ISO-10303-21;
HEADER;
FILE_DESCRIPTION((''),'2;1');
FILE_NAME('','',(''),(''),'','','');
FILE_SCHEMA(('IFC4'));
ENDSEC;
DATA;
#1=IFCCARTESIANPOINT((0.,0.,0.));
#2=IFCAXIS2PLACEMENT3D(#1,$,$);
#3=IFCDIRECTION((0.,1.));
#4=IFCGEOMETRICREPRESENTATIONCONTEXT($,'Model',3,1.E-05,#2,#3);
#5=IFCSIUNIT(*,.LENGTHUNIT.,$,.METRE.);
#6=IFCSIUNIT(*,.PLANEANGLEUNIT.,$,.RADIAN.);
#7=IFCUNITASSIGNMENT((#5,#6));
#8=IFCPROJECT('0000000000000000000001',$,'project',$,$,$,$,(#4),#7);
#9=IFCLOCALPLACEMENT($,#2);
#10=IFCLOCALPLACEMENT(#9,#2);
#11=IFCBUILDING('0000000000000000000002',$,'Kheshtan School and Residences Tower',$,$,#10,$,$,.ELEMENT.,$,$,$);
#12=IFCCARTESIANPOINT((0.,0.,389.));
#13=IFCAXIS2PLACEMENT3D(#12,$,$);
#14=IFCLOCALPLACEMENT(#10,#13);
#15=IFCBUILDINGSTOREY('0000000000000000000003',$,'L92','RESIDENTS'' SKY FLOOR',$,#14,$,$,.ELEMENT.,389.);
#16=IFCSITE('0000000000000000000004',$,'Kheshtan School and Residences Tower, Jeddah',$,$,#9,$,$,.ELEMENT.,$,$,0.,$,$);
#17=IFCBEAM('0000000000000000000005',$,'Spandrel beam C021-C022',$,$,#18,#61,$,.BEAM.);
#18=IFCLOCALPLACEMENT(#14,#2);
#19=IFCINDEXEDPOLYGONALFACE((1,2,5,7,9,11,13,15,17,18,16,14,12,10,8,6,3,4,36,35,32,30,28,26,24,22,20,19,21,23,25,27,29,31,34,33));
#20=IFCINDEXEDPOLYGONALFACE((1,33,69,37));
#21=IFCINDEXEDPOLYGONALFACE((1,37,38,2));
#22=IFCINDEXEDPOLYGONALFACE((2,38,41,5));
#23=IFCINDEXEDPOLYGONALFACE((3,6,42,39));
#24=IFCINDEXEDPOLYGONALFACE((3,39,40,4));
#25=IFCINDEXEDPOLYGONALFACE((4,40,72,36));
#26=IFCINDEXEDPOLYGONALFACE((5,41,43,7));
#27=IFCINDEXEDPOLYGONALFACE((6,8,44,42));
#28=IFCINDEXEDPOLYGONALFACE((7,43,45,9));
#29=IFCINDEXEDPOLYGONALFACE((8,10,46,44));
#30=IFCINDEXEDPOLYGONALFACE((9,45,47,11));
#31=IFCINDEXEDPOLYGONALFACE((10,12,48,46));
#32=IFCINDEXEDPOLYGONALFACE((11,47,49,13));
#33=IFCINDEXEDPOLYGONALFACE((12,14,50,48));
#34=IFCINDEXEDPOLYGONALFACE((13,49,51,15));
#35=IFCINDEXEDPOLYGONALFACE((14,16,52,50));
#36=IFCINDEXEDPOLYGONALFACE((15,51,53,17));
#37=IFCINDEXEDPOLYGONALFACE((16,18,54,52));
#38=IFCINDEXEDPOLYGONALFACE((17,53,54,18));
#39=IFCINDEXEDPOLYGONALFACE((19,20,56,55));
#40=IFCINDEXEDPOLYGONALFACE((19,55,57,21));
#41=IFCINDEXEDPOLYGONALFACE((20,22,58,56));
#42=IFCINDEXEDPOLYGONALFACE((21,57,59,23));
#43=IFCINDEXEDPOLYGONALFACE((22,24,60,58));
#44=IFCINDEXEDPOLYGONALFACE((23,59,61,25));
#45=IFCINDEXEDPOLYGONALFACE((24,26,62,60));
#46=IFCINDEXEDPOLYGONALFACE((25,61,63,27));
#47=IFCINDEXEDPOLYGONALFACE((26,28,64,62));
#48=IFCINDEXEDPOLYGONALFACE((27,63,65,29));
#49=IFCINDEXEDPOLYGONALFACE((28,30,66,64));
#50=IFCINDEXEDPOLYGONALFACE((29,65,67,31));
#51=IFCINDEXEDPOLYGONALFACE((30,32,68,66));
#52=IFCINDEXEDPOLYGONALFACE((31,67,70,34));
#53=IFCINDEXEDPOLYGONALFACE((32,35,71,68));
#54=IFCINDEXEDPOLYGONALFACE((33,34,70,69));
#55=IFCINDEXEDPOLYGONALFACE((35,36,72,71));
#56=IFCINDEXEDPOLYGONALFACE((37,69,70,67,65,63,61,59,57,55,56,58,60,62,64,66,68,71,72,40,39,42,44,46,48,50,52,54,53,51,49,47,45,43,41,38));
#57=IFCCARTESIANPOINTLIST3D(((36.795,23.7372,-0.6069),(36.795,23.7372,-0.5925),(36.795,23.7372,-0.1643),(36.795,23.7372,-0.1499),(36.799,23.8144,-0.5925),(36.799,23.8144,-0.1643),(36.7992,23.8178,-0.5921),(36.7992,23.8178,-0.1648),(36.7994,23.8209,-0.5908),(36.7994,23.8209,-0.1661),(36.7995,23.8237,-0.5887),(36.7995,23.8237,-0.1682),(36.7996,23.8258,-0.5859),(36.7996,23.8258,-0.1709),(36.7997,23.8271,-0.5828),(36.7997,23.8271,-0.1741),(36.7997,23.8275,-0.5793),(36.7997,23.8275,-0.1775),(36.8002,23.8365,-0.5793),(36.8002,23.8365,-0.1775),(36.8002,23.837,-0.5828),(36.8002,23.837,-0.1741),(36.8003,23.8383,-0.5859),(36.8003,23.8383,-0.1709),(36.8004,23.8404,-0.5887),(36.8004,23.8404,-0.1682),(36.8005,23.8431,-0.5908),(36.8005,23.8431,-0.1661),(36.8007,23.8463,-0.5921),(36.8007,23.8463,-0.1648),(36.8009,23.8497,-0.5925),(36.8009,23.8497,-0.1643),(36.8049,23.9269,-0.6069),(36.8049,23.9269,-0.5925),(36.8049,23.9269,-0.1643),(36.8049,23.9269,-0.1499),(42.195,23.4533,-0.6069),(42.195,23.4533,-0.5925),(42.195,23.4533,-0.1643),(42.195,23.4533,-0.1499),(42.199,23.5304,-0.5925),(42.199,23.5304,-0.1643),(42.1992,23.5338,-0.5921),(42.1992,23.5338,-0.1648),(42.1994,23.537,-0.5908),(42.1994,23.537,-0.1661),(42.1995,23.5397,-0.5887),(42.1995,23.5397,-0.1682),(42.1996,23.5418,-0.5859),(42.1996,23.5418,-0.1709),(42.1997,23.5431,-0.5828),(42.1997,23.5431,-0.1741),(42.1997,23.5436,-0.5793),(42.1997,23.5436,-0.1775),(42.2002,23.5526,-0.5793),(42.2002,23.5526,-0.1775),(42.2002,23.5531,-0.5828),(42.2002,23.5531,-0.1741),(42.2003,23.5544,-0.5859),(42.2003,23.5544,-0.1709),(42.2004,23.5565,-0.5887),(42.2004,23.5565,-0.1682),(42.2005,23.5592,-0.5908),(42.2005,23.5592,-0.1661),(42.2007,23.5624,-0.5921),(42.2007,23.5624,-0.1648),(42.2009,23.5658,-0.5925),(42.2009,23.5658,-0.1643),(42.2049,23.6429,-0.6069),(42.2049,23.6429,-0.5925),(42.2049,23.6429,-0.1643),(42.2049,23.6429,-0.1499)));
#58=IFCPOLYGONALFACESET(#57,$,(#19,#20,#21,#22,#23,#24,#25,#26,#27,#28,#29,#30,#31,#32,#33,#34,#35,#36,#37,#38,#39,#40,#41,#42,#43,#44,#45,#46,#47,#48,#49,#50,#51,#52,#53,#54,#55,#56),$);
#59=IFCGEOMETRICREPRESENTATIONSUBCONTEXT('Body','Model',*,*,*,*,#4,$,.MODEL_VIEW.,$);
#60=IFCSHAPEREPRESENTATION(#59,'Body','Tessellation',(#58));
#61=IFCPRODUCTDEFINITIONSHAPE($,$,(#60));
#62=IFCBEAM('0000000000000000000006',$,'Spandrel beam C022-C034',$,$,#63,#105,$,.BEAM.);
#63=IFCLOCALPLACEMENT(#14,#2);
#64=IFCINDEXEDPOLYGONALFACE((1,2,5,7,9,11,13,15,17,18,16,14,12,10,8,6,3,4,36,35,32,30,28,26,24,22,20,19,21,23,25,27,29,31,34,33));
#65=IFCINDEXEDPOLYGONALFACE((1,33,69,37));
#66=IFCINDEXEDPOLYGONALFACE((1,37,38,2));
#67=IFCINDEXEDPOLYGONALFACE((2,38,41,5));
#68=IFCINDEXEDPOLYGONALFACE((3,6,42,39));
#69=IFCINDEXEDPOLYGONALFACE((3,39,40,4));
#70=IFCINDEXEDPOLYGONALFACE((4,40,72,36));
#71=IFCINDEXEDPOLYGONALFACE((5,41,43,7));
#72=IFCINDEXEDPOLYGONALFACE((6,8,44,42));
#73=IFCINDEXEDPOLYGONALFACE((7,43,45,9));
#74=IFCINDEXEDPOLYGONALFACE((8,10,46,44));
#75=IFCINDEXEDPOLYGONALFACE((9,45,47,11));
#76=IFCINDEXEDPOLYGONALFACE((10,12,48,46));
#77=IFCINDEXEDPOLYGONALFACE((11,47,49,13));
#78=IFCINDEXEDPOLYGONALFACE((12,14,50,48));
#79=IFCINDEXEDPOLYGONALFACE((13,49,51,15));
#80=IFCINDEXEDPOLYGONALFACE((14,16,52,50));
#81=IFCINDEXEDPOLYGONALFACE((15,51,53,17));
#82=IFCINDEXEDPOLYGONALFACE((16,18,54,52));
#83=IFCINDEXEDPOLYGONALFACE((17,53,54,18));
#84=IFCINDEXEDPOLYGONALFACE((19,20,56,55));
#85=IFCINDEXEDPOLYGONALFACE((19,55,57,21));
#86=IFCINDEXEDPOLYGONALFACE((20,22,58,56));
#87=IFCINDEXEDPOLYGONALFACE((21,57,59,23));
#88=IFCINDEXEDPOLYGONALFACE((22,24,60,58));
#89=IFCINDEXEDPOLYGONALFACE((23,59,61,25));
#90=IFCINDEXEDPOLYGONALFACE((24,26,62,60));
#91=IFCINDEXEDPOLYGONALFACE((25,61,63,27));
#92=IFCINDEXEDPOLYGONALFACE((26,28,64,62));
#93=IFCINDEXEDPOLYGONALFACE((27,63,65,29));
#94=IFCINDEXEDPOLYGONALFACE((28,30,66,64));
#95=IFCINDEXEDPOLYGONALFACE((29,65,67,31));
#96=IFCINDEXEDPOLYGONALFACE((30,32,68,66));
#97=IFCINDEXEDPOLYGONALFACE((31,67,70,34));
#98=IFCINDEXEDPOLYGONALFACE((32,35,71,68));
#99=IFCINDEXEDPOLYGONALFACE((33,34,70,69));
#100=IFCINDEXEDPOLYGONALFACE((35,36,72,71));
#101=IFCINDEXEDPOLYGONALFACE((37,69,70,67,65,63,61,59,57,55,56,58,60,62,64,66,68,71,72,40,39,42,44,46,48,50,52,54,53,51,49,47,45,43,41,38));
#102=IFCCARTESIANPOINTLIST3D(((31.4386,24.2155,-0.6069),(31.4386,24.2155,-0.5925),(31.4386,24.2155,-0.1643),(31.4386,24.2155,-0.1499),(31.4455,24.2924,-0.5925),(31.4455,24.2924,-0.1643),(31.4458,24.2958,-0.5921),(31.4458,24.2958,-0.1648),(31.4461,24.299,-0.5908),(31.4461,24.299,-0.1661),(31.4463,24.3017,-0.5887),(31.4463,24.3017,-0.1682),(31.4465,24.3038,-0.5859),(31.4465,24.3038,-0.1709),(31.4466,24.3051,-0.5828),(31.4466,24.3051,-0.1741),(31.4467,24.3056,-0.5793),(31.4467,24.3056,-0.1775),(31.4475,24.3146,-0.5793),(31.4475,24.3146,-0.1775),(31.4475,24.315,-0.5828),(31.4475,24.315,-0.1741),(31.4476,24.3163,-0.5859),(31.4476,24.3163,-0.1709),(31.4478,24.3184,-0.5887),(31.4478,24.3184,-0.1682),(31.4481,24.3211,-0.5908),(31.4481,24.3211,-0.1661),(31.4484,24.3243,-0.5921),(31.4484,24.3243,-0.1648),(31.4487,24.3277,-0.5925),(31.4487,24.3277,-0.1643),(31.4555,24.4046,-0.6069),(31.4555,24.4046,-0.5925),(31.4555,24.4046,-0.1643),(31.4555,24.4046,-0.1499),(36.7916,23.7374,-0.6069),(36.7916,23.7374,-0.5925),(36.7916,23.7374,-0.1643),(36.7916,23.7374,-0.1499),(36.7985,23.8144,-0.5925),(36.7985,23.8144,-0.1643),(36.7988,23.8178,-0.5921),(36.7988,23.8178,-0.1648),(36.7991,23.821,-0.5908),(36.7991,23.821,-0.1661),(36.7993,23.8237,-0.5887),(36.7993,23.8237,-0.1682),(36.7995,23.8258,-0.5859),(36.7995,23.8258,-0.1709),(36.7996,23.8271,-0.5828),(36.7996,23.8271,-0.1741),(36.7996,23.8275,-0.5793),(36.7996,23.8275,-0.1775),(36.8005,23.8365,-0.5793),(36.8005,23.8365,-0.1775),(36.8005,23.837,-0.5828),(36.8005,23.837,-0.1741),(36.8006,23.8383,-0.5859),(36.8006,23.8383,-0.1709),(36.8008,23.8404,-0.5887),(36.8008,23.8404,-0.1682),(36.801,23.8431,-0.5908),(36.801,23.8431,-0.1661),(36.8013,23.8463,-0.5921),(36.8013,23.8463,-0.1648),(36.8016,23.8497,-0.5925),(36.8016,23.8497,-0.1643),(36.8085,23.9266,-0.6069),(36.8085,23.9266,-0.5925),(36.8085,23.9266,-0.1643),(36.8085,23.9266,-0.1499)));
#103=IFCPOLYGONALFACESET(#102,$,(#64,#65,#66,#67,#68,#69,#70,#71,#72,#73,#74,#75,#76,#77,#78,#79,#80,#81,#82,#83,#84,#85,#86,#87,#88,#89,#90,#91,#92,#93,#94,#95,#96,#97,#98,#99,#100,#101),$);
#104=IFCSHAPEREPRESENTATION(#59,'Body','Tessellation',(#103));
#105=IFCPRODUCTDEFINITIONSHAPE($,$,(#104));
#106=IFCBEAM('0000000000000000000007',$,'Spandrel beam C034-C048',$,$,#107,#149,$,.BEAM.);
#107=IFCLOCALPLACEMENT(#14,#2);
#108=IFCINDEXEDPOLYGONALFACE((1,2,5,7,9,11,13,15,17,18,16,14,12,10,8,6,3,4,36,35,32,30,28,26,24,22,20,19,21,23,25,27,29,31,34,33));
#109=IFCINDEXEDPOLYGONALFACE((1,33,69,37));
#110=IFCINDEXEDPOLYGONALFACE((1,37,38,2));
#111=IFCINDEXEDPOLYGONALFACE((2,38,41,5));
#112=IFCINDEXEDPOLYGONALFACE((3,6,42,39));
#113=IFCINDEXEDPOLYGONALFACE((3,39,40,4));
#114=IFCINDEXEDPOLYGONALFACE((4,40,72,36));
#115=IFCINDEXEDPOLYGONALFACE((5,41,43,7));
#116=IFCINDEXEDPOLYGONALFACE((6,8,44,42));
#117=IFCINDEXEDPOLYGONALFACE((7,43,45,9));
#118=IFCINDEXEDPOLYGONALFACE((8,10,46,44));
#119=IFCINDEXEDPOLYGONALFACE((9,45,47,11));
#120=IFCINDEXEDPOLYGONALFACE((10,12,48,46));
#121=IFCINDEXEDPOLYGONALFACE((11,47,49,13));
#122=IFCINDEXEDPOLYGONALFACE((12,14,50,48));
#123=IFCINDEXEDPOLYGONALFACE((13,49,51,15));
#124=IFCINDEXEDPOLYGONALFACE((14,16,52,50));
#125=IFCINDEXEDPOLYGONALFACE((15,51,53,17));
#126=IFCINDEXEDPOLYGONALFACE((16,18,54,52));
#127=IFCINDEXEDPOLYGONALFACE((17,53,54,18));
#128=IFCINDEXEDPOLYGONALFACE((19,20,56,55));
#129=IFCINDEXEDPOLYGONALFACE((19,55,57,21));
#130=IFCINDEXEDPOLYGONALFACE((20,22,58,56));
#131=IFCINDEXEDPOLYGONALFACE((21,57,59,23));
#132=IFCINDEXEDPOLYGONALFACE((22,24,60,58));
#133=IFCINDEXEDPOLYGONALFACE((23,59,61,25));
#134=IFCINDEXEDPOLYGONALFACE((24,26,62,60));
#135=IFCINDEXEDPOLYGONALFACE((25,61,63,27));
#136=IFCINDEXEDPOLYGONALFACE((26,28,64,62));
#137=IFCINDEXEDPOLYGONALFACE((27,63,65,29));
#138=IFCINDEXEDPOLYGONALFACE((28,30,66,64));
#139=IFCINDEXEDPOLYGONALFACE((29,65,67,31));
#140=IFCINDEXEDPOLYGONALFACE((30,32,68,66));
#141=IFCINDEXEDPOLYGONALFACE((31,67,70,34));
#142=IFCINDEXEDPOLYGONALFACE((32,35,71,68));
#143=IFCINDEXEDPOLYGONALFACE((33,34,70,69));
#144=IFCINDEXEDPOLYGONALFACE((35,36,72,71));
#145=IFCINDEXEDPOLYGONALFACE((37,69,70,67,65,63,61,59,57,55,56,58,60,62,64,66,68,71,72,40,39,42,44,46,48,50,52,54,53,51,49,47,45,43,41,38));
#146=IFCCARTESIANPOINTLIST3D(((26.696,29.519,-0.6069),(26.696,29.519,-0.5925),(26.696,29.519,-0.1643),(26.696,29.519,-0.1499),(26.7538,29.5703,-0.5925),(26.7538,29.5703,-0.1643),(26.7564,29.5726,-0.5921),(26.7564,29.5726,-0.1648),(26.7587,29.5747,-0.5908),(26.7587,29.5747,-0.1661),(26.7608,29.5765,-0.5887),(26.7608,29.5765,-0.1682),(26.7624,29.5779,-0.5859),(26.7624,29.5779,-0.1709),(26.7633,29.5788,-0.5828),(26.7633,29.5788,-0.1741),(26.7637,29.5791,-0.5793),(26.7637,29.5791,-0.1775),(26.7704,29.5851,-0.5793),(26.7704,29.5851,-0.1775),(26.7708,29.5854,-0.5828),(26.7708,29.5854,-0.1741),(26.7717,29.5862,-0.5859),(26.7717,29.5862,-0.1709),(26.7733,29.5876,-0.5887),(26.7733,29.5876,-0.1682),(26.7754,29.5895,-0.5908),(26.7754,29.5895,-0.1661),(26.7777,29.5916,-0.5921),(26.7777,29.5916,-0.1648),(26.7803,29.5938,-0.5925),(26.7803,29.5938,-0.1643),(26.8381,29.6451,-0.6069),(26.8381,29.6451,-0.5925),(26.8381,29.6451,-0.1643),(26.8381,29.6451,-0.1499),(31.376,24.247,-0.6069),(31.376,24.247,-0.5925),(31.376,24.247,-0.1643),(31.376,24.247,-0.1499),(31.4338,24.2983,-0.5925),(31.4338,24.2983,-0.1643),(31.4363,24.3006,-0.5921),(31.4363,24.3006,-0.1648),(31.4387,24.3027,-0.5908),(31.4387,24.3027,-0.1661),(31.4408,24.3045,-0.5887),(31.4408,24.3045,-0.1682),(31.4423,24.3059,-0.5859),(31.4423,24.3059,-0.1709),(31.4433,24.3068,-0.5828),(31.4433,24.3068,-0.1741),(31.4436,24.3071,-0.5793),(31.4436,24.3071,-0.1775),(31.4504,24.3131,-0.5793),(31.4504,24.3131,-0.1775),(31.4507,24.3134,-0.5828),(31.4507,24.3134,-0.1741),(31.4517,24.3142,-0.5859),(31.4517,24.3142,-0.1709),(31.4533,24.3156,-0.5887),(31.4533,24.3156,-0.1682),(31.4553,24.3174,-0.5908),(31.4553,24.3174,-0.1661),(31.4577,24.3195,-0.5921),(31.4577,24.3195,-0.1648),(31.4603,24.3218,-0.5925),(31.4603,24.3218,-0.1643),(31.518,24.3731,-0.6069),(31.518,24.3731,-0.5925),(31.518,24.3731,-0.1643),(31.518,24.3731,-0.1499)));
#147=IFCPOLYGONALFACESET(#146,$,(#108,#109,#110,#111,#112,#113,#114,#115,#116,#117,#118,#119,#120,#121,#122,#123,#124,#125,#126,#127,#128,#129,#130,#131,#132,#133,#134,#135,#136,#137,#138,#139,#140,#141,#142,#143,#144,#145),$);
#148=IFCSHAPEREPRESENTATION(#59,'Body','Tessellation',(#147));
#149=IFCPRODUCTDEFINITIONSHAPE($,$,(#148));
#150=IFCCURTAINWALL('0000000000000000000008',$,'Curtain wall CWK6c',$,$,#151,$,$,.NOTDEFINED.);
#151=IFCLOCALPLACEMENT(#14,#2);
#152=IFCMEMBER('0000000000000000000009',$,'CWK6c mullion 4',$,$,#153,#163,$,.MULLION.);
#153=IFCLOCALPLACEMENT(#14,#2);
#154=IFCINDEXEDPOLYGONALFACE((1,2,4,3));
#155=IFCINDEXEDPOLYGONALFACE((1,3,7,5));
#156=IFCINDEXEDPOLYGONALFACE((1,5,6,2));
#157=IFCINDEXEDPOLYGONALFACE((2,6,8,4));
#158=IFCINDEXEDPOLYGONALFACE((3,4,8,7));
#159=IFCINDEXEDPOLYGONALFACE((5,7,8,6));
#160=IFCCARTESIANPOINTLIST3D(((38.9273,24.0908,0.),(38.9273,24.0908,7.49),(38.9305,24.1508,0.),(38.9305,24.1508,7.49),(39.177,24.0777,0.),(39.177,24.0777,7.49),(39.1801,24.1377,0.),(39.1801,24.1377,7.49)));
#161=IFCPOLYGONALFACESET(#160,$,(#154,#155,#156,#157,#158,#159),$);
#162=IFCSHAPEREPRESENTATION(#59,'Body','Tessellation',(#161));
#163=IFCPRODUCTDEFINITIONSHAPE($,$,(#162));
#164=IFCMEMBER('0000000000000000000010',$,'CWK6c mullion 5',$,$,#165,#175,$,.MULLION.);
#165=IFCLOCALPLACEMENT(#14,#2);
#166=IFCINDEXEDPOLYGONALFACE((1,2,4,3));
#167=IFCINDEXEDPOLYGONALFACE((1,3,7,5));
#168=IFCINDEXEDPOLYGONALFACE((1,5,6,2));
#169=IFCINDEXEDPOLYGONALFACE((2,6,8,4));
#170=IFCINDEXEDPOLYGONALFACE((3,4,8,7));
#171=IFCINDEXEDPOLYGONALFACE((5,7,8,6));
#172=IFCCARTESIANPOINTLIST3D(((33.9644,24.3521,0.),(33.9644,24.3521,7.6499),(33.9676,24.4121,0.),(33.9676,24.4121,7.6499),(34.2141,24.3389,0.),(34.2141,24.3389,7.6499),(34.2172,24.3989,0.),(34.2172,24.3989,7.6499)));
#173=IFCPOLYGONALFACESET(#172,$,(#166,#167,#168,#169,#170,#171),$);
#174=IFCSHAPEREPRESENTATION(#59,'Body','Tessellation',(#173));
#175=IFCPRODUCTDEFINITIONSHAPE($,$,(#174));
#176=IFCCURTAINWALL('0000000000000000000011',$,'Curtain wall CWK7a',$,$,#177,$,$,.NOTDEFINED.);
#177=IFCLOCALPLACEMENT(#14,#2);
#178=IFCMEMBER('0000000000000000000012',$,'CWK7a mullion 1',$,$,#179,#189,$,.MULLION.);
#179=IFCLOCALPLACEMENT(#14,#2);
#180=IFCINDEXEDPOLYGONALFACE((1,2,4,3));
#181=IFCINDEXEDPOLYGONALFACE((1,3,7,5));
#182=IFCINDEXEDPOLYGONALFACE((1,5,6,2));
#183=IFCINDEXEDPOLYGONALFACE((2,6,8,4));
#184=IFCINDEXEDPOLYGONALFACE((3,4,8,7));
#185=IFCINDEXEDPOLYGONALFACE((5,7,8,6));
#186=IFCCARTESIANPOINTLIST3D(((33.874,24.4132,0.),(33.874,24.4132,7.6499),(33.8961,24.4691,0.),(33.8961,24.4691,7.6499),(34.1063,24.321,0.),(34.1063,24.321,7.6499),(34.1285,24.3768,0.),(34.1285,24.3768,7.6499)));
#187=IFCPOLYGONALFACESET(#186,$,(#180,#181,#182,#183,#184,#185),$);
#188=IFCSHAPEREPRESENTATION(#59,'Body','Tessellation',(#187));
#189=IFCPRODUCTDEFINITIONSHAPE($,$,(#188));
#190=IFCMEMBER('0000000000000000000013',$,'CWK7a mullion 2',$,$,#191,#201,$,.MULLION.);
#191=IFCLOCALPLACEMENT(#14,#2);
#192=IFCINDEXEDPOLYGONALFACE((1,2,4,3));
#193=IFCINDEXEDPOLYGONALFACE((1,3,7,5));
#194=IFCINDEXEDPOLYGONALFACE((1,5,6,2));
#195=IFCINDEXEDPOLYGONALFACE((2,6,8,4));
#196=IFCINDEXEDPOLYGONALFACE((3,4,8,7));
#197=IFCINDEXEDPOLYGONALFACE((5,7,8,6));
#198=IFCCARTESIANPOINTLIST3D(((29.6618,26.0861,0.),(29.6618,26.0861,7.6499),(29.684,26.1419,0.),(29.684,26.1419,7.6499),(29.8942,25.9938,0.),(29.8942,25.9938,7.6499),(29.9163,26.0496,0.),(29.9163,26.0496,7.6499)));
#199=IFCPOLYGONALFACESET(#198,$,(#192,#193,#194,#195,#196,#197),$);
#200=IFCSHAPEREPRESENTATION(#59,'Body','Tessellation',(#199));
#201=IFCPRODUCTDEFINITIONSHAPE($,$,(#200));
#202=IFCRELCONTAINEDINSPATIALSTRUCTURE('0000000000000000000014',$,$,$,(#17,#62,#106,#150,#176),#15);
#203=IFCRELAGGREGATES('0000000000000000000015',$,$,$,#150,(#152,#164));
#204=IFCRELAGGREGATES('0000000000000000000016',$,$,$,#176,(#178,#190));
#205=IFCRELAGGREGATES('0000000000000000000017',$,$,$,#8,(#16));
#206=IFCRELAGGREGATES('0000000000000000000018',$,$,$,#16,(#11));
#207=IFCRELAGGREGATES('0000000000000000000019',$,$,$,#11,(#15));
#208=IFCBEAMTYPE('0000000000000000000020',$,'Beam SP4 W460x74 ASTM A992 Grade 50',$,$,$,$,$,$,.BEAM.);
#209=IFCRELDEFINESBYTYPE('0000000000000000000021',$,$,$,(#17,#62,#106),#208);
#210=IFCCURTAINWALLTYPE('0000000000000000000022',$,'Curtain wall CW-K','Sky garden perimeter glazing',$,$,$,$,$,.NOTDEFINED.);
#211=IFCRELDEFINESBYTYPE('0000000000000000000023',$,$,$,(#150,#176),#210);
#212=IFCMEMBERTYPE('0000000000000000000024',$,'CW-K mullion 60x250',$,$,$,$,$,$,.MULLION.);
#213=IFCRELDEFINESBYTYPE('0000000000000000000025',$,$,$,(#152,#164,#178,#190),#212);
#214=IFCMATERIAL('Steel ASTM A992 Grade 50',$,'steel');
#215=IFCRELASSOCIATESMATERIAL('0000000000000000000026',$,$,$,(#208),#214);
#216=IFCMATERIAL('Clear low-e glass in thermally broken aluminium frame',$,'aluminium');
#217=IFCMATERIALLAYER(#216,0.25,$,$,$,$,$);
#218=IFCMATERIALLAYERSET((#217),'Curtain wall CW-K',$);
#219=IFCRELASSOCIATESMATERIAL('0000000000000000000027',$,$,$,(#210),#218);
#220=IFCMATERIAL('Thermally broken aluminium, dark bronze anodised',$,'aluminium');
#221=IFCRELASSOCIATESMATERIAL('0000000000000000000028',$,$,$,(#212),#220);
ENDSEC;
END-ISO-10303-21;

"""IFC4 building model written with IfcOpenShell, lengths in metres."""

from ifc_helpers import new_model, si_unit, direction, frame, origin, origin_2d, place, context, subcontext, project, spatial, rectangle, i_section, extrude, material, layer, layer_set, material_profile, profile_set, type_object, element, aggregate, save


model = new_model("IFC4")

# Units and contexts
model_context = context("Model", 3, precision=1e-05, world=origin(), true_north=direction((0.0, 1.0)))
body_context = subcontext(model_context, "Body", "Model", "MODEL_VIEW")
ifc_project = project(units=[si_unit("LENGTHUNIT", "METRE"), si_unit("PLANEANGLEUNIT", "RADIAN")], contexts=[model_context])

# Site, building, storey
site_placement = place(None, origin())
site = spatial("IfcSite", under=ifc_project, at=site_placement, Name="Kheshtan School and Residences Tower, Jeddah", CompositionType="ELEMENT", RefElevation=0.0)
building_placement = place(site_placement, origin())
building = spatial("IfcBuilding", under=site, at=building_placement, Name="Kheshtan School and Residences Tower", CompositionType="ELEMENT")
storey_placement = place(building_placement, frame((0.0, 0.0, 389.0)))
storey = spatial("IfcBuildingStorey", under=building, at=storey_placement, Name="L92", Description="RESIDENTS' SKY FLOOR", CompositionType="ELEMENT", Elevation=389.0)

# Shared definitions
ifc_material_1 = material(Name="Steel ASTM A992 Grade 50", Category="steel")

# Beams
ifc_material_profile_1 = material_profile(ifc_material_1, i_section(OverallWidth=0.1899, OverallDepth=0.457, WebThickness=0.009, FlangeThickness=0.0144, FilletRadius=0.0132, at=origin_2d()), Name="W460x74")
ifc_profile_set_1 = profile_set([ifc_material_profile_1], Name="Steel ASTM A992 Grade 50")
beam_type_1 = type_object("IfcBeamType", Name="Beam SP4 W460x74 ASTM A992 Grade 50", PredefinedType="BEAM", material=ifc_profile_set_1)
beam_1_placement = place(storey_placement, frame((42.2, 23.5481, -0.3784), z_axis=(-0.99862, 0.052509, 0.0), x_axis=(-0.052509, -0.99862, 0.0)))
element("IfcBeam", 1, at=beam_1_placement, inside=storey, type_object=beam_type_1, Name="Spandrel beam C021-C022", PredefinedType="BEAM", context=body_context, shape_type="SweptSolid", body=[
    extrude(i_section(OverallWidth=0.1899, OverallDepth=0.457, WebThickness=0.009, FlangeThickness=0.0144, FilletRadius=0.0132, at=origin_2d()), origin(), (0.0, 0.0, 1.0), 5.4075),
])
beam_2_placement = place(storey_placement, frame((36.8, 23.832, -0.3784), z_axis=(-0.996036, 0.088946, 0.0), x_axis=(-0.088946, -0.996036, 0.0)))
element("IfcBeam", 2, at=beam_2_placement, inside=storey, type_object=beam_type_1, Name="Spandrel beam C022-C034", PredefinedType="BEAM", context=body_context, shape_type="SweptSolid", body=[
    extrude(i_section(OverallWidth=0.1899, OverallDepth=0.457, WebThickness=0.009, FlangeThickness=0.0144, FilletRadius=0.0132, at=origin_2d()), origin(), (0.0, 0.0, 1.0), 5.3743),
])
beam_3_placement = place(storey_placement, frame((31.447, 24.3101, -0.3784), z_axis=(-0.663867, 0.747851, 0.0), x_axis=(-0.747851, -0.663867, 0.0)))
element("IfcBeam", 3, at=beam_3_placement, inside=storey, type_object=beam_type_1, Name="Spandrel beam C034-C048", PredefinedType="BEAM", context=body_context, shape_type="SweptSolid", body=[
    extrude(i_section(OverallWidth=0.1899, OverallDepth=0.457, WebThickness=0.009, FlangeThickness=0.0144, FilletRadius=0.0132, at=origin_2d()), origin(), (0.0, 0.0, 1.0), 7.0496),
])

# Curtain walls, members
ifc_material_2 = material(Name="Clear low-e glass in thermally broken aluminium frame", Category="aluminium")
ifc_layer_1 = layer(ifc_material_2, 0.25)
ifc_layer_set_1 = layer_set([ifc_layer_1], Name="Curtain wall CW-K")
curtain_wall_type = type_object("IfcCurtainWallType", Name="Curtain wall CW-K", Description="Sky garden perimeter glazing", PredefinedType="NOTDEFINED", material=ifc_layer_set_1)
curtain_wall_1_placement = place(storey_placement, origin())
curtain_wall_1 = element("IfcCurtainWall", 4, at=curtain_wall_1_placement, inside=storey, type_object=curtain_wall_type, Name="Curtain wall CWK6c", PredefinedType="NOTDEFINED")
ifc_material_3 = material(Name="Thermally broken aluminium, dark bronze anodised", Category="aluminium")
ifc_material_profile_2 = material_profile(ifc_material_3, rectangle(XDim=0.0601, YDim=0.25, at=origin_2d()), Name="CW-K mullion 60x250")
ifc_profile_set_2 = profile_set([ifc_material_profile_2], Name="Thermally broken aluminium, dark bronze anodised")
member_type_1 = type_object("IfcMemberType", Name="CW-K mullion 60x250", PredefinedType="MULLION", material=ifc_profile_set_2)
member_1_placement = place(storey_placement, frame((39.0537, 24.1143, 0.0), z_axis=(0.0, 0.0, 1.0), x_axis=(-0.052601, -0.998616, 0.0)))
member_1 = element("IfcMember", 5, at=member_1_placement, type_object=member_type_1, Name="CWK6c mullion 4", PredefinedType="MULLION", context=body_context, shape_type="SweptSolid", body=[
    extrude(rectangle(XDim=0.0601, YDim=0.25, at=origin_2d()), origin(), (0.0, 0.0, 1.0), 7.49),
])
member_2_placement = place(storey_placement, frame((34.0908, 24.3755, 0.0), z_axis=(0.0, 0.0, 1.0), x_axis=(-0.052601, -0.998616, 0.0)))
member_2 = element("IfcMember", 6, at=member_2_placement, type_object=member_type_1, Name="CWK6c mullion 5", PredefinedType="MULLION", context=body_context, shape_type="SweptSolid", body=[
    extrude(rectangle(XDim=0.0601, YDim=0.25, at=origin_2d()), origin(), (0.0, 0.0, 1.0), 7.6499),
])
curtain_wall_2_placement = place(storey_placement, origin())
curtain_wall_2 = element("IfcCurtainWall", 7, at=curtain_wall_2_placement, inside=storey, type_object=curtain_wall_type, Name="Curtain wall CWK7a", PredefinedType="NOTDEFINED")
member_3_placement = place(storey_placement, frame((34.0012, 24.395, 0.0), z_axis=(0.0, 0.0, 1.0), x_axis=(-0.369099, -0.92939, 0.0)))
member_3 = element("IfcMember", 8, at=member_3_placement, type_object=member_type_1, Name="CWK7a mullion 1", PredefinedType="MULLION", context=body_context, shape_type="SweptSolid", body=[
    extrude(rectangle(XDim=0.0601, YDim=0.25, at=origin_2d()), origin(), (0.0, 0.0, 1.0), 7.6499),
])
member_4_placement = place(storey_placement, frame((29.7891, 26.0679, 0.0), z_axis=(0.0, 0.0, 1.0), x_axis=(-0.369099, -0.92939, 0.0)))
member_4 = element("IfcMember", 9, at=member_4_placement, type_object=member_type_1, Name="CWK7a mullion 2", PredefinedType="MULLION", context=body_context, shape_type="SweptSolid", body=[
    extrude(rectangle(XDim=0.0601, YDim=0.25, at=origin_2d()), origin(), (0.0, 0.0, 1.0), 7.6499),
])

aggregate(curtain_wall_1, [member_1, member_2])
aggregate(curtain_wall_2, [member_3, member_4])

save(model, "model.ifc")
